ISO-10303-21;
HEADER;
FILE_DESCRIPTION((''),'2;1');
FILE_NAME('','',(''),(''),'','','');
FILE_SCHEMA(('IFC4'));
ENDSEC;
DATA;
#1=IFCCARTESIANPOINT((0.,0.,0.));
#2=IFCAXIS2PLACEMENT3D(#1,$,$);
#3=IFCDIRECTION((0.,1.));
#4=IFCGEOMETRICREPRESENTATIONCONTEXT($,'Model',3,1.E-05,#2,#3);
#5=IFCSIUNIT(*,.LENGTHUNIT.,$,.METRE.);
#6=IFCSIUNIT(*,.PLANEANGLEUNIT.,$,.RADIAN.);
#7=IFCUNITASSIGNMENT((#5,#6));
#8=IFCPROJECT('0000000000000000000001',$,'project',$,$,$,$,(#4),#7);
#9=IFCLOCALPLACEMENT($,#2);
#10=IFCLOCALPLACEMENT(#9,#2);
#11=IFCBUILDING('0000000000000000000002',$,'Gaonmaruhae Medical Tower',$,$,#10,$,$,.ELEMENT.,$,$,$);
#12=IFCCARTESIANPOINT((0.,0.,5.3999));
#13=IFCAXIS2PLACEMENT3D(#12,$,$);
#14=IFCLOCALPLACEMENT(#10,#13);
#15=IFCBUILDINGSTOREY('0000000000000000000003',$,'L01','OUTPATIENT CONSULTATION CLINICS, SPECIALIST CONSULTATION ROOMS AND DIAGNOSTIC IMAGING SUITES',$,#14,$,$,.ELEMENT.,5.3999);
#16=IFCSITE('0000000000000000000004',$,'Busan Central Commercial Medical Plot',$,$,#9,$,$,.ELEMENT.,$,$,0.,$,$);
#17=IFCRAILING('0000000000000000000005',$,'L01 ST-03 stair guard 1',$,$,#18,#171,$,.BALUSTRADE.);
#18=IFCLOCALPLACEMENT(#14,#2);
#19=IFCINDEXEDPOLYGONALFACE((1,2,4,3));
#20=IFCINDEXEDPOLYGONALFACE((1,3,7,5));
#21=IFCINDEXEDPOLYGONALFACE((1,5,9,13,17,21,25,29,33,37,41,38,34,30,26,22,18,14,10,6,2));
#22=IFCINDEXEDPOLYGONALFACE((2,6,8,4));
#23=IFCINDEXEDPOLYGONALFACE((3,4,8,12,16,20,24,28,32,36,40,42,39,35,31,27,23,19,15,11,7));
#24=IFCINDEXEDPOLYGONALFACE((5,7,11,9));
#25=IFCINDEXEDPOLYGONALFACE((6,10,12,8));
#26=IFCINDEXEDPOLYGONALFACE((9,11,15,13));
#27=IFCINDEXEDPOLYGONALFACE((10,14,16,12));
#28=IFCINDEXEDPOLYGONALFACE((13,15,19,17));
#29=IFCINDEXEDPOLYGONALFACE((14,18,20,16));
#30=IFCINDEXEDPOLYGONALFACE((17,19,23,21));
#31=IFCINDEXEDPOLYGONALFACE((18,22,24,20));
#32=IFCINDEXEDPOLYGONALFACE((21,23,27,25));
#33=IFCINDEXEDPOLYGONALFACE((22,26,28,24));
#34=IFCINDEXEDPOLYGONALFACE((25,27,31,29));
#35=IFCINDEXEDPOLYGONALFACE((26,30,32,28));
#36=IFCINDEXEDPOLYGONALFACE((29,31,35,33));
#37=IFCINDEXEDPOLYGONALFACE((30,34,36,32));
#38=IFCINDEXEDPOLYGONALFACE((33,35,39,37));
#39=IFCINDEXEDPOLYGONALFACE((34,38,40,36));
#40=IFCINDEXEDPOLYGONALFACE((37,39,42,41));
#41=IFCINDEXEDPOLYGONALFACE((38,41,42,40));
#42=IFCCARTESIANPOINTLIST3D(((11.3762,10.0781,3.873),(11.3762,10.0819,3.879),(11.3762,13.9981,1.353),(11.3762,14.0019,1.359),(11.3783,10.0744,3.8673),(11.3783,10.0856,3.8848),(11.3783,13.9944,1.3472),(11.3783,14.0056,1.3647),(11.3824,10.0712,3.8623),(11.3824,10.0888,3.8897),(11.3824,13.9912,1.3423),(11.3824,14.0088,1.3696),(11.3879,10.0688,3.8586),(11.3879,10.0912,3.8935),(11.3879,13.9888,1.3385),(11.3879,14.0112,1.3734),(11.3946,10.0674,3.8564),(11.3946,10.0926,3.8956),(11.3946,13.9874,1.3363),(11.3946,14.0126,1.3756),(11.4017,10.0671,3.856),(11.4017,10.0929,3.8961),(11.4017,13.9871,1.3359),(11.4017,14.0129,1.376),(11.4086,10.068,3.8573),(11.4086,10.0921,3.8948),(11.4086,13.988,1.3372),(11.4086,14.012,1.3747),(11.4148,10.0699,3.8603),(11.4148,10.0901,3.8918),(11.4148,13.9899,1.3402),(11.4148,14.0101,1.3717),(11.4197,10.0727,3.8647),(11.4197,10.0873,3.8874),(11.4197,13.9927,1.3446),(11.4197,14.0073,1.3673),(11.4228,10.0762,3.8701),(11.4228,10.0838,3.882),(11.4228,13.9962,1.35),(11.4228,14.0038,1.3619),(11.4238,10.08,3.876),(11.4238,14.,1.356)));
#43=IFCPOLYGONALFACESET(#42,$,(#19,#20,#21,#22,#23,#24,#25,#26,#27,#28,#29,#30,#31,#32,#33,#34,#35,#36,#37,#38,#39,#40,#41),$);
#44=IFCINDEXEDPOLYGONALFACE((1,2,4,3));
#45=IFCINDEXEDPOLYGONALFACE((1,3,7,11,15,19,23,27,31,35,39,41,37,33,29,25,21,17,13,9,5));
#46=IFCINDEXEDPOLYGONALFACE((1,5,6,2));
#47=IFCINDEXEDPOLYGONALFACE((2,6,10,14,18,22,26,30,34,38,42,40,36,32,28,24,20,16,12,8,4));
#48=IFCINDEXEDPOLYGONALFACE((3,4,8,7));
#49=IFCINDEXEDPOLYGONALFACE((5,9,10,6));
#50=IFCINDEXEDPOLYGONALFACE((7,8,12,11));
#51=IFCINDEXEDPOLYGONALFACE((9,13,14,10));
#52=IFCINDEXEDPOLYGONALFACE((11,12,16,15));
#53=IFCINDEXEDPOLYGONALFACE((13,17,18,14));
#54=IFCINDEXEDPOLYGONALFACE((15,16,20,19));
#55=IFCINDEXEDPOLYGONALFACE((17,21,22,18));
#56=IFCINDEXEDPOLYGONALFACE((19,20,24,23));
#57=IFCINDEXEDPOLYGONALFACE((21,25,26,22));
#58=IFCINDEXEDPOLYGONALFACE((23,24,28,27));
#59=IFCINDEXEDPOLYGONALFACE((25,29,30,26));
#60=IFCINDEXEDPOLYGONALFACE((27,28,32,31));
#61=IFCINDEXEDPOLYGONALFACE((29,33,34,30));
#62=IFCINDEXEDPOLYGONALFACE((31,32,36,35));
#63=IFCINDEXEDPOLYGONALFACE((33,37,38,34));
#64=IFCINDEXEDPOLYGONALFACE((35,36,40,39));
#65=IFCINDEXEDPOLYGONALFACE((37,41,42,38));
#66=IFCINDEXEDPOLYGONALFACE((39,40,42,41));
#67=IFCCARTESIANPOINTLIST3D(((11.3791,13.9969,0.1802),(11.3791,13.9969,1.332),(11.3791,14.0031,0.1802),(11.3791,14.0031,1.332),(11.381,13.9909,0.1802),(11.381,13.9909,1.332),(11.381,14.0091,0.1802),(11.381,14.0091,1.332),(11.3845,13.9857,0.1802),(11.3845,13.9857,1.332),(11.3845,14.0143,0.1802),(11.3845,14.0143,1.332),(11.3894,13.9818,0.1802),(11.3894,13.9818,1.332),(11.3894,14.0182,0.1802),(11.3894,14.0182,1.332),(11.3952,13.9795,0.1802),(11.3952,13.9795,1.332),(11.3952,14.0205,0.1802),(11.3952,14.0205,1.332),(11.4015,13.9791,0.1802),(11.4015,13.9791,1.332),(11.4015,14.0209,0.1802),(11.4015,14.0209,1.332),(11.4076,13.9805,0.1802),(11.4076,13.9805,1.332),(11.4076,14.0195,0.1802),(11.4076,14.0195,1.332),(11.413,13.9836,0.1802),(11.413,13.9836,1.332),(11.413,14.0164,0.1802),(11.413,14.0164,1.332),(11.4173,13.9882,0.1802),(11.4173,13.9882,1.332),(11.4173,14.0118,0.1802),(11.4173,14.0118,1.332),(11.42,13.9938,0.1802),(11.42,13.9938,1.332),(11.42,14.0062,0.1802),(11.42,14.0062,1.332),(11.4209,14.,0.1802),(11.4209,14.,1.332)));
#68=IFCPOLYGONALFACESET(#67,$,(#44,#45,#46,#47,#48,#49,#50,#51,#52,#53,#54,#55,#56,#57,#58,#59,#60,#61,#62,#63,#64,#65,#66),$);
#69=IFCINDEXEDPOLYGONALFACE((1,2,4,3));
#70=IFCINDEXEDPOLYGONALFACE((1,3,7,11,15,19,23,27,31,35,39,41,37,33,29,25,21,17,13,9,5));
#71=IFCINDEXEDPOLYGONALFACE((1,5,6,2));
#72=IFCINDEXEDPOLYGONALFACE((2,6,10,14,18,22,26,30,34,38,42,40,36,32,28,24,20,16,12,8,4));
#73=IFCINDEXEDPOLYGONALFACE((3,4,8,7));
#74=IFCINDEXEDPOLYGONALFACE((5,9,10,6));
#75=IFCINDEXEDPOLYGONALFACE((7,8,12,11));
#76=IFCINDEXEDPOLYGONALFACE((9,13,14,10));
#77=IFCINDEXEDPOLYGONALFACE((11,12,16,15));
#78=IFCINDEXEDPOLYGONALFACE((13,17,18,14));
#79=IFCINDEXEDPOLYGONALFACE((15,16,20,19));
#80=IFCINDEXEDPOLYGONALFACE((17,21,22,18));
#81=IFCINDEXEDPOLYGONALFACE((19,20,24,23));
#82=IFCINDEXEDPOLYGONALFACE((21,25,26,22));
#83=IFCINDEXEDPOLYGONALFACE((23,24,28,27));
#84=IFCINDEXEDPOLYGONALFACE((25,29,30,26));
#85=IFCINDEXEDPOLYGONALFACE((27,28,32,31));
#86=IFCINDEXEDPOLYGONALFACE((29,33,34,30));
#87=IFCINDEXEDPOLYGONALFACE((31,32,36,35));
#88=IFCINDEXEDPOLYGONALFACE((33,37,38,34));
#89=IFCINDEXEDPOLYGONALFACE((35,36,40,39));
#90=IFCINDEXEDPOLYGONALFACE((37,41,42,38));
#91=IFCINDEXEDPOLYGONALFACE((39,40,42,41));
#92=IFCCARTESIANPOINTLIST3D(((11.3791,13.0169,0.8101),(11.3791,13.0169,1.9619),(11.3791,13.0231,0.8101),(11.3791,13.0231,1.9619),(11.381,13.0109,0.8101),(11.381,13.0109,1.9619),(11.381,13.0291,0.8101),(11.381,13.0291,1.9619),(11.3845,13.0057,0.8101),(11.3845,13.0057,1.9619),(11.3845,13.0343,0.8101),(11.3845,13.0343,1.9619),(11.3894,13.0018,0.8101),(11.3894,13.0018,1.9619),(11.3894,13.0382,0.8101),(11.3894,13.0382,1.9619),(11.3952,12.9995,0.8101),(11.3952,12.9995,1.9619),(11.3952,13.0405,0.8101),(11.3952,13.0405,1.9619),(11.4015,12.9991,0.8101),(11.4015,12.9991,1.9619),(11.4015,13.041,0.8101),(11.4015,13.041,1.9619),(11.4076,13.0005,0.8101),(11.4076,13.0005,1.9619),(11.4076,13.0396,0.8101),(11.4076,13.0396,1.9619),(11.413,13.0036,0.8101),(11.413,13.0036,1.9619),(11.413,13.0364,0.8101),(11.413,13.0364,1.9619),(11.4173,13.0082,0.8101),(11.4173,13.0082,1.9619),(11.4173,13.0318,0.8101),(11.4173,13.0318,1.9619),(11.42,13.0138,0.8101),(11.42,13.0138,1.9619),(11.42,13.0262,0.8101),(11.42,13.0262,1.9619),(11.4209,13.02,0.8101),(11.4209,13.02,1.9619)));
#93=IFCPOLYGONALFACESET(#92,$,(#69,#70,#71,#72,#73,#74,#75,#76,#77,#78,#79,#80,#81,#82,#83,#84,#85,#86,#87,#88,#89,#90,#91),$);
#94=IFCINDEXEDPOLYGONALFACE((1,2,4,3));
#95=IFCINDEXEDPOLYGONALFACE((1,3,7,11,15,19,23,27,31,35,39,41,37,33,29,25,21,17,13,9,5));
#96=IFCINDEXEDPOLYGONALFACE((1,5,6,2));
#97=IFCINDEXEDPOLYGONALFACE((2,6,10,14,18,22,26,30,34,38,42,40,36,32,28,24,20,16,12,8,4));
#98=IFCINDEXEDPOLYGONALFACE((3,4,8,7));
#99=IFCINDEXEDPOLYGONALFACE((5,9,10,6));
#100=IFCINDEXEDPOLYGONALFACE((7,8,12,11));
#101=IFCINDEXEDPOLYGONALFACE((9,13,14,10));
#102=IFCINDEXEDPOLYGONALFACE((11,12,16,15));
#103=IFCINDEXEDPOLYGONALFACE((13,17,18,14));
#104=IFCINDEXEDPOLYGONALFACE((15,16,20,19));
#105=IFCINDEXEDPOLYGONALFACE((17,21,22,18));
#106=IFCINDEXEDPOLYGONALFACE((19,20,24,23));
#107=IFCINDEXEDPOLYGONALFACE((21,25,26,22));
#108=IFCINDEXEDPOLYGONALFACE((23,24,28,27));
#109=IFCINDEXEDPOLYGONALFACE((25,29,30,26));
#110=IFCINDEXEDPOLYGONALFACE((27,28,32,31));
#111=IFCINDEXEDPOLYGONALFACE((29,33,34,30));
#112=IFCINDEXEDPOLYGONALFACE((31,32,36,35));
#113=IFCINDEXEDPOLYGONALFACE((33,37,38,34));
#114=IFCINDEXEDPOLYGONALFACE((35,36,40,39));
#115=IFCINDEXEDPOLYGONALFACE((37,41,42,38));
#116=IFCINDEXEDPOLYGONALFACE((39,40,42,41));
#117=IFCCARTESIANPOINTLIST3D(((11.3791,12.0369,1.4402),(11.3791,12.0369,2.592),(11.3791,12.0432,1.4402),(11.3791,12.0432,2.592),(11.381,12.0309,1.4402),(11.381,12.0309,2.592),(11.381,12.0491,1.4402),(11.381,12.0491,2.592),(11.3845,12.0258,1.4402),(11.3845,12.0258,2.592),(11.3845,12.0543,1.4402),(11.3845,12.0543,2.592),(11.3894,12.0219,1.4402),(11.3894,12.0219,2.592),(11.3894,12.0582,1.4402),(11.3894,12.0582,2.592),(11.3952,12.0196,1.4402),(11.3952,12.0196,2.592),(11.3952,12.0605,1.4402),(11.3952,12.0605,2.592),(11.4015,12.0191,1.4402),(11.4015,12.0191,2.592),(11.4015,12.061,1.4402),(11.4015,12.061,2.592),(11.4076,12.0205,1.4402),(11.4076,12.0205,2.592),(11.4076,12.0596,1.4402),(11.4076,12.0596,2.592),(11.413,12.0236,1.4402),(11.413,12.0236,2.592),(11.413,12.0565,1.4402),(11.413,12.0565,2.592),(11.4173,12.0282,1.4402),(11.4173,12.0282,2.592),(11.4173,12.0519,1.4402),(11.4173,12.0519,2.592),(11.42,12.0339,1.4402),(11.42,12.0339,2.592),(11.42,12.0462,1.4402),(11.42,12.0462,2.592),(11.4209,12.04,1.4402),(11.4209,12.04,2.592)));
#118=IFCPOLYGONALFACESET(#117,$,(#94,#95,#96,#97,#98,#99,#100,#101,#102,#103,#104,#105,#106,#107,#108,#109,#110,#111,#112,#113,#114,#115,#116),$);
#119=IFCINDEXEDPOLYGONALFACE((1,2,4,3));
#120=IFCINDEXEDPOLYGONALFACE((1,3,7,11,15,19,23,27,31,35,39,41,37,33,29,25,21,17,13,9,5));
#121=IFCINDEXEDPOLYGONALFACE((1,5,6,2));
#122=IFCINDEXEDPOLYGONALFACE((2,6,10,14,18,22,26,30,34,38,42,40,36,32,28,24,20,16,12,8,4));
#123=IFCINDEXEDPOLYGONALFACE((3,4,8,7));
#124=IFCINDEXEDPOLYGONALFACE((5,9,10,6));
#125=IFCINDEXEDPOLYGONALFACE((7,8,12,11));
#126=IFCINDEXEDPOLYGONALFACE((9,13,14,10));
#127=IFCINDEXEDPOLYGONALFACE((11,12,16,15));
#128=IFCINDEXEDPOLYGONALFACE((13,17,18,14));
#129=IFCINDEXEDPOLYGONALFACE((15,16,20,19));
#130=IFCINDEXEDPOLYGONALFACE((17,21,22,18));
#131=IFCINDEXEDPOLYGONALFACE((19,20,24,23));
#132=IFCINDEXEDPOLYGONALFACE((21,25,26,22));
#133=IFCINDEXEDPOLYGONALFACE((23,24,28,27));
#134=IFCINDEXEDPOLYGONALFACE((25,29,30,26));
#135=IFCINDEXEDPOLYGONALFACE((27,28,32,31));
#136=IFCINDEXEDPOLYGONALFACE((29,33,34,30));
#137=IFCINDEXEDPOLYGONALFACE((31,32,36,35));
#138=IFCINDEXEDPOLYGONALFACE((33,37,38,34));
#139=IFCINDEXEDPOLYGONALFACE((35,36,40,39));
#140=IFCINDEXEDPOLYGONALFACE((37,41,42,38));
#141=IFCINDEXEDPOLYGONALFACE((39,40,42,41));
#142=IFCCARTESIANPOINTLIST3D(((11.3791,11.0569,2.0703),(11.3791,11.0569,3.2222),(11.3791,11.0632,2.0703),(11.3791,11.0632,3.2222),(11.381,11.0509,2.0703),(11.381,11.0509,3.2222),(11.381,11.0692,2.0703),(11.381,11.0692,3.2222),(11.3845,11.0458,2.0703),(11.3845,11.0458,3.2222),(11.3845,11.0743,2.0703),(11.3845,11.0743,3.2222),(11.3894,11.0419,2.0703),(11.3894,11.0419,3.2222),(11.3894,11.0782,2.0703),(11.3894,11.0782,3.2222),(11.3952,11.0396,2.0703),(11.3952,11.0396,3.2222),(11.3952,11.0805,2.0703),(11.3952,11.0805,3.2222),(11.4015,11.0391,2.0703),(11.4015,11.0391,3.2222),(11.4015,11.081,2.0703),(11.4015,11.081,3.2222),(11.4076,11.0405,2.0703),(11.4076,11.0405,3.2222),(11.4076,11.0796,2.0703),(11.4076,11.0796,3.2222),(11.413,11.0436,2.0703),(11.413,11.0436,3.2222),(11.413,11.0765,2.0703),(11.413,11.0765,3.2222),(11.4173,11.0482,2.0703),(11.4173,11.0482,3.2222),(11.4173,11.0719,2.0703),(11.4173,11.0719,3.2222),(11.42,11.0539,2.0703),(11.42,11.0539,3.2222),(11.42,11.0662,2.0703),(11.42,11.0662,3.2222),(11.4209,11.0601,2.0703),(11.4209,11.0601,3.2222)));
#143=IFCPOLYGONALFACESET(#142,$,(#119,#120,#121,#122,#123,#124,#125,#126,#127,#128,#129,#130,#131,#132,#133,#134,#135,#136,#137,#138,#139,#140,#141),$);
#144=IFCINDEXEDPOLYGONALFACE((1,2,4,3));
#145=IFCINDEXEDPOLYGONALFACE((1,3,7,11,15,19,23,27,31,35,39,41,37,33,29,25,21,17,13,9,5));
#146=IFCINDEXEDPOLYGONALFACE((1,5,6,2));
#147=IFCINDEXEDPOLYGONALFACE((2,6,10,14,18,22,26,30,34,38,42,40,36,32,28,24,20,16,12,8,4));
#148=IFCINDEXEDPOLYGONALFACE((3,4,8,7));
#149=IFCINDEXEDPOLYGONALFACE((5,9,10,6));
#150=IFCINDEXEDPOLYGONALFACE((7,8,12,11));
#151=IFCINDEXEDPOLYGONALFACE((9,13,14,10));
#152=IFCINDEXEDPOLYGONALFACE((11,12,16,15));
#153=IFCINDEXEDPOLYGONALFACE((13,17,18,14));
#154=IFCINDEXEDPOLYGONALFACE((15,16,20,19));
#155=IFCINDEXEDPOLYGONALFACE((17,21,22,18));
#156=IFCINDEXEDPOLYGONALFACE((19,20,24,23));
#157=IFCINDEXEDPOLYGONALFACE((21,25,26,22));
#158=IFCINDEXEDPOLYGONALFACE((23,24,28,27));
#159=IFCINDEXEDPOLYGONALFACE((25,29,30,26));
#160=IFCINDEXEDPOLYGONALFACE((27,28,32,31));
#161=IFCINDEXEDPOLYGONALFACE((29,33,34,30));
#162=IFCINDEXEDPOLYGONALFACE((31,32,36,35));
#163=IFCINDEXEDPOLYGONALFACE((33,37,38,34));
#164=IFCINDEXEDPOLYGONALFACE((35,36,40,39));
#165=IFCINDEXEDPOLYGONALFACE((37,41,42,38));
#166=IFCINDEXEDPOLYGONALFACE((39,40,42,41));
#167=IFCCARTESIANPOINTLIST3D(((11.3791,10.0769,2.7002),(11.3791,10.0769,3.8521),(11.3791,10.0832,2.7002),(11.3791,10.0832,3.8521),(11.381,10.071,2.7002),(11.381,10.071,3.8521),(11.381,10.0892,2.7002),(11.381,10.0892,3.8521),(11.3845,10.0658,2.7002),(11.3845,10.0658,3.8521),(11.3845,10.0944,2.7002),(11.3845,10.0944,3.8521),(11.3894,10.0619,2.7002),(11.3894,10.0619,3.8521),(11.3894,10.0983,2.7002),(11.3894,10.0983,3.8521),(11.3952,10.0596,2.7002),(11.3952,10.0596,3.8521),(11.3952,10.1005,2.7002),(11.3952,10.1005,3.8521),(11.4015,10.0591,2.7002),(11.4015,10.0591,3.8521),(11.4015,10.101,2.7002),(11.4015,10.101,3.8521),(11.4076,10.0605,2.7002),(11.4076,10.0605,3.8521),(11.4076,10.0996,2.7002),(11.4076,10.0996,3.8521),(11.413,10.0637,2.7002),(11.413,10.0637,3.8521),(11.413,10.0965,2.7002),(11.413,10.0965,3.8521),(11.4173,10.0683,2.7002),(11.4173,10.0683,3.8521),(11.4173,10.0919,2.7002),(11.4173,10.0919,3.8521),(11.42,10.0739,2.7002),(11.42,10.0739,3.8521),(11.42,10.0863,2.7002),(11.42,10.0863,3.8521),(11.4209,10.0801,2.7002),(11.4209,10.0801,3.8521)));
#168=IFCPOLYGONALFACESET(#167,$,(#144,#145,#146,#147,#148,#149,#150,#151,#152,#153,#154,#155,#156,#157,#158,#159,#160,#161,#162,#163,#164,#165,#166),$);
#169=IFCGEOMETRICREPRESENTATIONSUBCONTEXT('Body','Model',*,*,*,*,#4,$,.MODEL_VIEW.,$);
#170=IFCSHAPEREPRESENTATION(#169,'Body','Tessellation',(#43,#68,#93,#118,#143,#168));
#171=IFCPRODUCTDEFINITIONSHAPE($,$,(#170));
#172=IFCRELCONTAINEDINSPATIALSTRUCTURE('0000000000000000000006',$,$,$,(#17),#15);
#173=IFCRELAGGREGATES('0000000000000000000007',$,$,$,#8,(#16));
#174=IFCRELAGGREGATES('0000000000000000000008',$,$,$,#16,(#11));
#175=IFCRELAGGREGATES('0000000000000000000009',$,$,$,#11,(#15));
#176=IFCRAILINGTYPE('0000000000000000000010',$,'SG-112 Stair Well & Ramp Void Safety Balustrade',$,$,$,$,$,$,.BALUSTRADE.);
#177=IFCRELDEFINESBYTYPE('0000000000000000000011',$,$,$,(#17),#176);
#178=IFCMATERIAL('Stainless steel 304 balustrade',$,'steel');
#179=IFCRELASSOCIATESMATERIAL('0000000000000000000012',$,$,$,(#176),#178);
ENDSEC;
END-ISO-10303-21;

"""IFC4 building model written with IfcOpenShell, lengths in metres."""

from ifc_helpers import new_model, si_unit, direction, frame, origin, origin_2d, place, context, subcontext, project, spatial, circle, extrude, material, type_object, element, save


model = new_model("IFC4")

# Units and contexts
model_context = context("Model", 3, precision=1e-05, world=origin(), true_north=direction((0.0, 1.0)))
body_context = subcontext(model_context, "Body", "Model", "MODEL_VIEW")
ifc_project = project(units=[si_unit("LENGTHUNIT", "METRE"), si_unit("PLANEANGLEUNIT", "RADIAN")], contexts=[model_context])

# Site, building, storey
site_placement = place(None, origin())
site = spatial("IfcSite", under=ifc_project, at=site_placement, Name="Busan Central Commercial Medical Plot", CompositionType="ELEMENT", RefElevation=0.0)
building_placement = place(site_placement, origin())
building = spatial("IfcBuilding", under=site, at=building_placement, Name="Gaonmaruhae Medical Tower", CompositionType="ELEMENT")
storey_placement = place(building_placement, frame((0.0, 0.0, 5.3999)))
storey = spatial("IfcBuildingStorey", under=building, at=storey_placement, Name="L01", Description="OUTPATIENT CONSULTATION CLINICS, SPECIALIST CONSULTATION ROOMS AND DIAGNOSTIC IMAGING SUITES", CompositionType="ELEMENT", Elevation=5.3999)

# Railing
ifc_material_1 = material(Name="Stainless steel 304 balustrade", Category="steel")
railing_type_1 = type_object("IfcRailingType", Name="SG-112 Stair Well & Ramp Void Safety Balustrade", PredefinedType="BALUSTRADE", material=ifc_material_1)
railing_1_placement = place(storey_placement, frame((11.3999, 14.0, 0.1802)))
element("IfcRailing", 1, at=railing_1_placement, inside=storey, type_object=railing_type_1, Name="L01 ST-03 stair guard 1", PredefinedType="BALUSTRADE", context=body_context, shape_type="SweptSolid", body=[
    extrude(circle(Radius=0.0239, at=origin_2d()), frame((0.0, 0.0, 1.1758), z_axis=(0.0, -0.841172, 0.540768), x_axis=(1.0, 0.0, 0.0)), (0.0, 0.0, 1.0), 4.6602),
    extrude(circle(Radius=0.021, at=origin_2d()), origin(), (0.0, 0.0, 1.0), 1.1519),
    extrude(circle(Radius=0.021, at=origin_2d()), frame((0.0, -0.98, 0.6299)), (0.0, 0.0, 1.0), 1.1519),
    extrude(circle(Radius=0.021, at=origin_2d()), frame((0.0, -1.96, 1.26)), (0.0, 0.0, 1.0), 1.1519),
    extrude(circle(Radius=0.021, at=origin_2d()), frame((0.0, -2.9399, 1.8901)), (0.0, 0.0, 1.0), 1.1519),
    extrude(circle(Radius=0.021, at=origin_2d()), frame((0.0, -3.9199, 2.52)), (0.0, 0.0, 1.0), 1.1519),
])

save(model, "model.ifc")
